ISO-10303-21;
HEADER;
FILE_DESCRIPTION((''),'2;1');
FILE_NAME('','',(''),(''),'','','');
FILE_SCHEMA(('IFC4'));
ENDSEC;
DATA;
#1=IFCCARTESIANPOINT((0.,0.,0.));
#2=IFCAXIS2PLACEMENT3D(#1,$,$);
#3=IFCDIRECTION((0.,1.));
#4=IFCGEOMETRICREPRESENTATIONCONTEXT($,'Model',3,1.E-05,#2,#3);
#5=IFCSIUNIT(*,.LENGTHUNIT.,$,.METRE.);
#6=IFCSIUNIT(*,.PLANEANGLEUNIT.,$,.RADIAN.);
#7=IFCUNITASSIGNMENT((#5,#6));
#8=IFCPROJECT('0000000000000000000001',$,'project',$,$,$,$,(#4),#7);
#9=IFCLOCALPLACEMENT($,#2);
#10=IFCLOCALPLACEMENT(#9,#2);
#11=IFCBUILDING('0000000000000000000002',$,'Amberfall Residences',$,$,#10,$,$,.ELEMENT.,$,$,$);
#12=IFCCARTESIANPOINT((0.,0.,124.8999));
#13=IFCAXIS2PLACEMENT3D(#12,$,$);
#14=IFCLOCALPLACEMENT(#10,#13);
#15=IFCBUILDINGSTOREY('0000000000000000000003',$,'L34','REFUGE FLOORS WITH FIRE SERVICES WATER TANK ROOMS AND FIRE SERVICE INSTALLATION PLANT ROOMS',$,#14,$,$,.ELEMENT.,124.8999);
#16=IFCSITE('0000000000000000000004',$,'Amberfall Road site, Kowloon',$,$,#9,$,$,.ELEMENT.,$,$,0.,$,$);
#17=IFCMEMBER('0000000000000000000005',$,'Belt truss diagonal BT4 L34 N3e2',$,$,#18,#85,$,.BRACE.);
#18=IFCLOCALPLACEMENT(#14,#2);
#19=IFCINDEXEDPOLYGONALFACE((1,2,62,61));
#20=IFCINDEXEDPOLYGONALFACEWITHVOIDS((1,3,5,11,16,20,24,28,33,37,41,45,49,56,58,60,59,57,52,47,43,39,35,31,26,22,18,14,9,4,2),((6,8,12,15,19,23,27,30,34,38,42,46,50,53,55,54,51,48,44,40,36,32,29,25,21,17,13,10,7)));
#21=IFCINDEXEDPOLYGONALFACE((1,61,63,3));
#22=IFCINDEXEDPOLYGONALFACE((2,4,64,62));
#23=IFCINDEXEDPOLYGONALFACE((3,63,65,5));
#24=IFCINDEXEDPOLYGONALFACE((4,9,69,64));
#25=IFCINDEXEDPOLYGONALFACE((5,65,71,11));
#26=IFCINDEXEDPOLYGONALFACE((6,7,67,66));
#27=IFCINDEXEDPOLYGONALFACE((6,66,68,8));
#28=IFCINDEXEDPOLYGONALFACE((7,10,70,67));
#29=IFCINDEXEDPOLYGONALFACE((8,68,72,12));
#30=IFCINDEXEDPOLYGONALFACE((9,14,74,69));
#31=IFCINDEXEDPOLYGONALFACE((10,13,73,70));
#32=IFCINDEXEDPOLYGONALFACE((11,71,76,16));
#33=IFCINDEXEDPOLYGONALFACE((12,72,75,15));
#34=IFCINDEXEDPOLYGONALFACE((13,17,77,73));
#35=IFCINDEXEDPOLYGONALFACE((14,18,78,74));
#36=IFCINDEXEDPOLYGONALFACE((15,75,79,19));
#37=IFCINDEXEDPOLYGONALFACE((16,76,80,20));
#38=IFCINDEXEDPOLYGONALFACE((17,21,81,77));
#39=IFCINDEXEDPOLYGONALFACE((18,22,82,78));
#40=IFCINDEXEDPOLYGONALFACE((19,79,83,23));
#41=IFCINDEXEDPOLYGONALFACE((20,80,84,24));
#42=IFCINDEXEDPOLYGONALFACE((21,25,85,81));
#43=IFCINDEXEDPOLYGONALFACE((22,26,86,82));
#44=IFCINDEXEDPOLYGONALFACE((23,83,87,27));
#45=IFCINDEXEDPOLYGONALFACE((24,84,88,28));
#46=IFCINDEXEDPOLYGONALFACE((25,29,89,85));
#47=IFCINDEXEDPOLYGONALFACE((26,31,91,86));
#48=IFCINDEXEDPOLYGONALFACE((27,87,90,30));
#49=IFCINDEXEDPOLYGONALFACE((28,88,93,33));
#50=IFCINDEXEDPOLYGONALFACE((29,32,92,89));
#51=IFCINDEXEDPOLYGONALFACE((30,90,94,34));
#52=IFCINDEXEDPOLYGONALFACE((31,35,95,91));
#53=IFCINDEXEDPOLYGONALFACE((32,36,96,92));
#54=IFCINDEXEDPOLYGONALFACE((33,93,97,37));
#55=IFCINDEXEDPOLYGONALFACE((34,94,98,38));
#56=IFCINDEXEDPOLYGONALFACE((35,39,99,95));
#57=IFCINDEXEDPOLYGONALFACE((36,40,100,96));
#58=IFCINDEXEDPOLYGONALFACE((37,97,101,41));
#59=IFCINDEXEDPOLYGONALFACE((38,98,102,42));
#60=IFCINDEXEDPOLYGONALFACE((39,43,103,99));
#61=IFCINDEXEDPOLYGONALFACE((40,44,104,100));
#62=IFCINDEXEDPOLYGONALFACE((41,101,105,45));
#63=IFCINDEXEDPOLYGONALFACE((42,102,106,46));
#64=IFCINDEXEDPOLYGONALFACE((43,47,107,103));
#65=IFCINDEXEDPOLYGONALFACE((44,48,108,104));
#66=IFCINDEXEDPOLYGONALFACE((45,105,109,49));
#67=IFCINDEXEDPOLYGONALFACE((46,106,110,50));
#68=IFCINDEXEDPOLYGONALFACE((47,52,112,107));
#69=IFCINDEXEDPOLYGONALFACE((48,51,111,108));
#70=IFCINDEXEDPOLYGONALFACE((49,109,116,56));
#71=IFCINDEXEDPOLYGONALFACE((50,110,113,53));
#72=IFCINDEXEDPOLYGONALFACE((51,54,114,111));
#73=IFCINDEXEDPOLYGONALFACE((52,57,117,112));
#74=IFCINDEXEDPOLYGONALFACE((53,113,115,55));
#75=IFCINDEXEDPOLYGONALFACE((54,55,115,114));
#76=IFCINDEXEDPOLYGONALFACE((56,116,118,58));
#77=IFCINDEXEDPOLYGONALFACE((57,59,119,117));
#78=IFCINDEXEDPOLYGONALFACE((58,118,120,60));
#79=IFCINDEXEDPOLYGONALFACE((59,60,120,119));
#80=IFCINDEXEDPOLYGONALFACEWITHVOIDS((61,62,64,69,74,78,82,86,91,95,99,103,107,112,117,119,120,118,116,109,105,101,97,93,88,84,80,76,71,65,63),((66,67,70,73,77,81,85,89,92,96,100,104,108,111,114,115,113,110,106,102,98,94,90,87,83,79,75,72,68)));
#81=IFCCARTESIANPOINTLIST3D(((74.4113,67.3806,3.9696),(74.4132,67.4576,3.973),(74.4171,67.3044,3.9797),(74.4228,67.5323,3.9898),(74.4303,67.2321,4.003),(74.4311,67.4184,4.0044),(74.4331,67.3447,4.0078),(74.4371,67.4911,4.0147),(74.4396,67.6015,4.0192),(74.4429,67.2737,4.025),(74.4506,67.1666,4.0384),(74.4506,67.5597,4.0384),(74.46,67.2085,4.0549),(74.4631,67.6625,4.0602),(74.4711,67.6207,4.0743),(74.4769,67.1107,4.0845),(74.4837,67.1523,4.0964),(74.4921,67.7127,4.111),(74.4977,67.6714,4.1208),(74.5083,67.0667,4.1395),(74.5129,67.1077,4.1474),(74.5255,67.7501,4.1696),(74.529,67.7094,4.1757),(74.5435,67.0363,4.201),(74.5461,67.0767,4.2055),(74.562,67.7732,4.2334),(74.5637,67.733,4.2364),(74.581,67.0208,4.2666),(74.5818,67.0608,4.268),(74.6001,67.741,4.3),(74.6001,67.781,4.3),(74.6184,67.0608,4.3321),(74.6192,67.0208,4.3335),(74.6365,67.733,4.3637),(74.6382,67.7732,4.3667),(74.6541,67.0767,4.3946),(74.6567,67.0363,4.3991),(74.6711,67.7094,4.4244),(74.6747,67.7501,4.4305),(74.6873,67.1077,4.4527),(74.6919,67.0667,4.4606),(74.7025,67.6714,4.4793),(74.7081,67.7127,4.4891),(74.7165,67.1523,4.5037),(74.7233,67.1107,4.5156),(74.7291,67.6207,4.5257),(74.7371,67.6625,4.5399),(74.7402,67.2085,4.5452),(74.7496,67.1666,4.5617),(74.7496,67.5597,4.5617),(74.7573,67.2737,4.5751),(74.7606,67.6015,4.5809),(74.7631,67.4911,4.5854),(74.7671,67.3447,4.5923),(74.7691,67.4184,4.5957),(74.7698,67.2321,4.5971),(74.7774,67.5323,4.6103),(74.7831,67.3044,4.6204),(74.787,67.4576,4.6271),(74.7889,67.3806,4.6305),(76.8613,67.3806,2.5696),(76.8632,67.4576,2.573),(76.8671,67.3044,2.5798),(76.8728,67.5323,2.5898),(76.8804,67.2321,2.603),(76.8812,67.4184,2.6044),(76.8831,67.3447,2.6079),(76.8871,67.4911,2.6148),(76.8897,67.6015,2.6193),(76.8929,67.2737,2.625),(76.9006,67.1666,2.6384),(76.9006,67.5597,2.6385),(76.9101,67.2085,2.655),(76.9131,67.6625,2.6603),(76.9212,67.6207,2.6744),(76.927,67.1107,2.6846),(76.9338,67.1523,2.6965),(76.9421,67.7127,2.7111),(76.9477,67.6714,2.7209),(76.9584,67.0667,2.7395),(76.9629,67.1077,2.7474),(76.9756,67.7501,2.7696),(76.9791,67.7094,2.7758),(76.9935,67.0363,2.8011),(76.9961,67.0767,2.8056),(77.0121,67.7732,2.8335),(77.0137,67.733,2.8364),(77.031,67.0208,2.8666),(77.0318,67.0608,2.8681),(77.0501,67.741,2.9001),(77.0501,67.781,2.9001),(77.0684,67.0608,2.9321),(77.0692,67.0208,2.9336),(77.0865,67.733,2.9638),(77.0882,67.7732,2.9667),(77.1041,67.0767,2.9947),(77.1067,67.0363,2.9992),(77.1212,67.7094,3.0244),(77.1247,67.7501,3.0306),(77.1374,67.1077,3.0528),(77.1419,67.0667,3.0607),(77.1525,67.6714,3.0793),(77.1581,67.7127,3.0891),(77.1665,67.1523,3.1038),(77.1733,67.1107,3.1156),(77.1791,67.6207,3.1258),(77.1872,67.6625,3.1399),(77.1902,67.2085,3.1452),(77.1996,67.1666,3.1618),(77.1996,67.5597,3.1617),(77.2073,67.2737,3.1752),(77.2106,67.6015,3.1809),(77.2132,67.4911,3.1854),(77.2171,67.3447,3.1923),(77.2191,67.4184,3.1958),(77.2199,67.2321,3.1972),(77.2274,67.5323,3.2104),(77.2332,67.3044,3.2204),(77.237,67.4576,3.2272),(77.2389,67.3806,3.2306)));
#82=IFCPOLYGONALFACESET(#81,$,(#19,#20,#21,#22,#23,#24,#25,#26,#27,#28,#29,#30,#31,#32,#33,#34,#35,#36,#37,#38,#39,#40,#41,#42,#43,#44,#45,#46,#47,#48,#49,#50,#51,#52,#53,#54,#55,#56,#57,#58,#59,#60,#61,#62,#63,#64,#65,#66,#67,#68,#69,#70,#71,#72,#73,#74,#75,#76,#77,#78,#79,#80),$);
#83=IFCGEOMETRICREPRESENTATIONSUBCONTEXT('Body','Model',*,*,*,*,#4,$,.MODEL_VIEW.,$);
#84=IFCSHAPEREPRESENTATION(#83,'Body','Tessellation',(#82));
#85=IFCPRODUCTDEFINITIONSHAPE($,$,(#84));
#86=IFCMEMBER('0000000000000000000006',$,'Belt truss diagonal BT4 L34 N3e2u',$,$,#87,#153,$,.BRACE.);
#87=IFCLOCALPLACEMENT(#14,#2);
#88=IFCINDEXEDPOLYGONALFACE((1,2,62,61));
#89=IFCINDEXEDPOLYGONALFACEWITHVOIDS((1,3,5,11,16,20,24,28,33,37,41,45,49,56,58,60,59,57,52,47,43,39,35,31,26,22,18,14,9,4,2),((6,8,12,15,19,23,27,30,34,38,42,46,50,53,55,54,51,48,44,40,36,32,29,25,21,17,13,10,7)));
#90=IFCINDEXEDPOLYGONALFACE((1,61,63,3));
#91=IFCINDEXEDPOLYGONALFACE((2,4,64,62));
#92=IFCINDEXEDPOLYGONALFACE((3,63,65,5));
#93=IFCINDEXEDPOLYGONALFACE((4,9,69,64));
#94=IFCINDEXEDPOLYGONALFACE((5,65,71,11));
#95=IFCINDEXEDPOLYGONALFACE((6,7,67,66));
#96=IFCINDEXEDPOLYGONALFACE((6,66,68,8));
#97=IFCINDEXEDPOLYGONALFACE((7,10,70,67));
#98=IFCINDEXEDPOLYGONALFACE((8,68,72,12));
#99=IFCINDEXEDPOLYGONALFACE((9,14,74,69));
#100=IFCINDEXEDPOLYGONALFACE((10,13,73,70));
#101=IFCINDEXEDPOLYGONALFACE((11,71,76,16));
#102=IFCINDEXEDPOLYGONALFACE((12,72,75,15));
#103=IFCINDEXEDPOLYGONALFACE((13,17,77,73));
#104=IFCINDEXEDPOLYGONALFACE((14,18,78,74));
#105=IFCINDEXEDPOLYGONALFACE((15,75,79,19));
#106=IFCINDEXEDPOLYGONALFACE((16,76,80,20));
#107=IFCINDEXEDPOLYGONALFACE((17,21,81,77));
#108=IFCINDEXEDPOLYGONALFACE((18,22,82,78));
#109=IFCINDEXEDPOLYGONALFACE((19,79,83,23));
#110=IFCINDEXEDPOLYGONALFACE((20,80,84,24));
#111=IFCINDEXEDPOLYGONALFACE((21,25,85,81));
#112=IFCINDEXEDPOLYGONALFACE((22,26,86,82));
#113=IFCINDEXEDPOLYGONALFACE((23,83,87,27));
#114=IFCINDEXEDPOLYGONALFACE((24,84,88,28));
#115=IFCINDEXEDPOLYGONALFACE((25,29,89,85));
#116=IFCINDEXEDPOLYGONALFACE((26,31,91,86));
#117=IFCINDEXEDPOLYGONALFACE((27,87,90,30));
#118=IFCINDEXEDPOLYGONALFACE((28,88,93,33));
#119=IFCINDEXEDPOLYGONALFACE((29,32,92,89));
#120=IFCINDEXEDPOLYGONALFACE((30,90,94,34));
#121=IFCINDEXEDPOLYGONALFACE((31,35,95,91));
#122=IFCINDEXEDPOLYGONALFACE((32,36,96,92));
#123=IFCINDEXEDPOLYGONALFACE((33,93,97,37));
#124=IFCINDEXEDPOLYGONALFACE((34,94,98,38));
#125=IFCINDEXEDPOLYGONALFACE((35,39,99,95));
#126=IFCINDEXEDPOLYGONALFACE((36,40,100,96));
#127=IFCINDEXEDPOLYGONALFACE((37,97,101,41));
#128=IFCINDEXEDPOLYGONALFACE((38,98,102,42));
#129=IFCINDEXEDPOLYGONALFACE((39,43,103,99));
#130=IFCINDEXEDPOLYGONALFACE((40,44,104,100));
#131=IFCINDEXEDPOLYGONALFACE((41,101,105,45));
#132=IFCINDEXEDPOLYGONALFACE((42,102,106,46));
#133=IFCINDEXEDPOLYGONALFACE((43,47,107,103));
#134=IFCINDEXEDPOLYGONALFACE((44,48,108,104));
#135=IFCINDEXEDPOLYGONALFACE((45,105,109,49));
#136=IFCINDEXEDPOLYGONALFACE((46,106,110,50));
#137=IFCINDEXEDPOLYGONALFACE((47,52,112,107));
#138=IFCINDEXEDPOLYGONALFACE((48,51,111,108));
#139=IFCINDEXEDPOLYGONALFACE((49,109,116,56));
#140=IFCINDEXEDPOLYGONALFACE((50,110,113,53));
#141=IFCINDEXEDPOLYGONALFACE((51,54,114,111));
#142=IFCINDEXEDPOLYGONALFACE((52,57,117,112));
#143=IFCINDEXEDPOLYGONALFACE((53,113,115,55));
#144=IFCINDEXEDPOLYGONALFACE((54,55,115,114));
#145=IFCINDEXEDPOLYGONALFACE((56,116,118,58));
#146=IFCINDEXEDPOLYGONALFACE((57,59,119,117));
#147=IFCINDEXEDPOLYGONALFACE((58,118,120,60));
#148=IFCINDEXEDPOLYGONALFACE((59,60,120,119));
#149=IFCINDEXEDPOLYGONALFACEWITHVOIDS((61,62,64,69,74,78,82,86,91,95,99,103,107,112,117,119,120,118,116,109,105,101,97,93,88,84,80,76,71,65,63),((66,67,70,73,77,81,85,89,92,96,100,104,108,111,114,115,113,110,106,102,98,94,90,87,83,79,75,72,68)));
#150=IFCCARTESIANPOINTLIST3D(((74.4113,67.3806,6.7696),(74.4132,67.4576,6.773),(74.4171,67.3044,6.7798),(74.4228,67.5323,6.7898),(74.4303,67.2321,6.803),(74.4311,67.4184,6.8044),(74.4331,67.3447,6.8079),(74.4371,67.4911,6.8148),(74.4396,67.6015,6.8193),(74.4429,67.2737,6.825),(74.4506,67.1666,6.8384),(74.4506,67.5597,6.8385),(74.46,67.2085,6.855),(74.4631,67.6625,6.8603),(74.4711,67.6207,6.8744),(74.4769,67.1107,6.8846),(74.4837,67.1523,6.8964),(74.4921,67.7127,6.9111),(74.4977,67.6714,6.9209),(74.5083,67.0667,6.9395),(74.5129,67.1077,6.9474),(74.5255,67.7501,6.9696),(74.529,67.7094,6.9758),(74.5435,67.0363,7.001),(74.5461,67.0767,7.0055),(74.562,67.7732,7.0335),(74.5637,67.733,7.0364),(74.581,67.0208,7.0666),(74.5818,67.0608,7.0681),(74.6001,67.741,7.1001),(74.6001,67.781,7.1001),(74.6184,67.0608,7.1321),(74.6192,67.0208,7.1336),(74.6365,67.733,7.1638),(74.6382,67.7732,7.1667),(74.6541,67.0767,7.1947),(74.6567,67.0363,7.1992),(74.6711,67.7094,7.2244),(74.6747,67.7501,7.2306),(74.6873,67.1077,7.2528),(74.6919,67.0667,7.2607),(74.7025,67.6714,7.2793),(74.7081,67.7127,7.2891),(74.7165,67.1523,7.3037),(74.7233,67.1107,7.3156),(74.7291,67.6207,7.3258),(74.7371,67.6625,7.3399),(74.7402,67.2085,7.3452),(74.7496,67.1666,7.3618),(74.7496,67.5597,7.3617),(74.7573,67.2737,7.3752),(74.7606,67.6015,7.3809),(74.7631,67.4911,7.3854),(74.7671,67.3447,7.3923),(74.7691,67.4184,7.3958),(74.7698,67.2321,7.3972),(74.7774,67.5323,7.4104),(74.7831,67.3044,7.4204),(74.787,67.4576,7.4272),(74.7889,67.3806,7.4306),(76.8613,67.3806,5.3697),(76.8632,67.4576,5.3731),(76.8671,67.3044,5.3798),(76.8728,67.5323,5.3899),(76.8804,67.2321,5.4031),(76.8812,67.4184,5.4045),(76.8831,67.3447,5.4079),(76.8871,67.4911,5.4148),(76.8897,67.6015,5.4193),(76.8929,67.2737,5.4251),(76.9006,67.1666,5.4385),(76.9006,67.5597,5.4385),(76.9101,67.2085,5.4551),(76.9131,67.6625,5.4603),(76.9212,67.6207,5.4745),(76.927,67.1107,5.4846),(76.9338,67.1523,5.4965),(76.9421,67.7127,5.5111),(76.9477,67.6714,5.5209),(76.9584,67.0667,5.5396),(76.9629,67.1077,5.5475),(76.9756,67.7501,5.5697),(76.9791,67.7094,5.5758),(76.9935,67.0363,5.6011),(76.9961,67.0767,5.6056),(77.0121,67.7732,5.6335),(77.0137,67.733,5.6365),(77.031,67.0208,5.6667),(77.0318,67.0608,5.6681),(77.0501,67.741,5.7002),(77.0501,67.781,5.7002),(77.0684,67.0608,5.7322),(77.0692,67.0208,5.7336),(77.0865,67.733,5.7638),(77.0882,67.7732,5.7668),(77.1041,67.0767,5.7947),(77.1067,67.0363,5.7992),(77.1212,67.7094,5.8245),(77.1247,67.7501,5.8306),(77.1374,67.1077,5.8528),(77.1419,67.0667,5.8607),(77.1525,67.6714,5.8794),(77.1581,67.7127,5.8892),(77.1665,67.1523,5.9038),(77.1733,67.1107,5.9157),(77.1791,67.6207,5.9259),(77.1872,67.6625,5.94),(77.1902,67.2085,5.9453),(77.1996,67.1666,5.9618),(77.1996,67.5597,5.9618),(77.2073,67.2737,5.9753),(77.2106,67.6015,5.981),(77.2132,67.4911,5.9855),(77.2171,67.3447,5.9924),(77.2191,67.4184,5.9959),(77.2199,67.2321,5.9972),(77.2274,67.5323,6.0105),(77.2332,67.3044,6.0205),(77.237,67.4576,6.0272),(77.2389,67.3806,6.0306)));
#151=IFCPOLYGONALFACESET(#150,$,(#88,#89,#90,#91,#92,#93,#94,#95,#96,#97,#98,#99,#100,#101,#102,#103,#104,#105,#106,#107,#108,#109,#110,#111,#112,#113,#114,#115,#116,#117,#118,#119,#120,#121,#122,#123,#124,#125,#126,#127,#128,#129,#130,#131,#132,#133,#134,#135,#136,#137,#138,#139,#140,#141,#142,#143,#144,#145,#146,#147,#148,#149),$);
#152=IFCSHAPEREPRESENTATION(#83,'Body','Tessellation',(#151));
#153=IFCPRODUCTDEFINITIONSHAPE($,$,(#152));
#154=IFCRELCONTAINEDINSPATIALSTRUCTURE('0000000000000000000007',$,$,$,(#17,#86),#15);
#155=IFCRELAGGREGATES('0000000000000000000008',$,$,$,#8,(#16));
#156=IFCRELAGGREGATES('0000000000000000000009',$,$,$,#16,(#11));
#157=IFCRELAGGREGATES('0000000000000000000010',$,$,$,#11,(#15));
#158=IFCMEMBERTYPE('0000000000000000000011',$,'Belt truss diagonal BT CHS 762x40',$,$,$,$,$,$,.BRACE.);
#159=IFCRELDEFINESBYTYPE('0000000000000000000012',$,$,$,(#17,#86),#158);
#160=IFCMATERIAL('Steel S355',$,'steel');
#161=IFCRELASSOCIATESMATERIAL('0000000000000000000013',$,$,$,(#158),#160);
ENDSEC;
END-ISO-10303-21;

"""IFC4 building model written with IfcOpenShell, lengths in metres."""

from ifc_helpers import new_model, si_unit, direction, frame, origin, origin_2d, place, context, subcontext, project, spatial, hollow_circle, extrude, material, material_profile, profile_set, type_object, element, save


model = new_model("IFC4")

# Units and contexts
model_context = context("Model", 3, precision=1e-05, world=origin(), true_north=direction((0.0, 1.0)))
body_context = subcontext(model_context, "Body", "Model", "MODEL_VIEW")
ifc_project = project(units=[si_unit("LENGTHUNIT", "METRE"), si_unit("PLANEANGLEUNIT", "RADIAN")], contexts=[model_context])

# Site, building, storey
site_placement = place(None, origin())
site = spatial("IfcSite", under=ifc_project, at=site_placement, Name="Amberfall Road site, Kowloon", CompositionType="ELEMENT", RefElevation=0.0)
building_placement = place(site_placement, origin())
building = spatial("IfcBuilding", under=site, at=building_placement, Name="Amberfall Residences", CompositionType="ELEMENT")
storey_placement = place(building_placement, frame((0.0, 0.0, 124.8999)))
storey = spatial("IfcBuildingStorey", under=building, at=storey_placement, Name="L34", Description="REFUGE FLOORS WITH FIRE SERVICES WATER TANK ROOMS AND FIRE SERVICE INSTALLATION PLANT ROOMS", CompositionType="ELEMENT", Elevation=124.8999)

# Shared definitions
ifc_material_1 = material(Name="Steel S355", Category="steel")

# Members
ifc_material_profile_1 = material_profile(ifc_material_1, hollow_circle(Radius=0.3811, WallThickness=0.04, at=origin_2d()), Name="CHS 762x40")
ifc_profile_set_1 = profile_set([ifc_material_profile_1], Name="Steel S355")
member_type = type_object("IfcMemberType", Name="Belt truss diagonal BT CHS 762x40", PredefinedType="BRACE", material=ifc_profile_set_1)
for number, where, z_axis, x_axis, name in (
    (1, (74.6001, 67.3999, 4.3), (0.868254, 0.0, -0.49612), (0.0, 1.0, 0.0), "Belt truss diagonal BT4 L34 N3e2"),
    (2, (74.6001, 67.3999, 7.1001), (0.868254, 0.0, -0.49612), (0.0, 1.0, 0.0), "Belt truss diagonal BT4 L34 N3e2u"),
):
    element("IfcMember", number, at=place(storey_placement, frame(where, z_axis=z_axis, x_axis=x_axis)), inside=storey, type_object=member_type, Name=name, PredefinedType="BRACE", context=body_context, shape_type="SweptSolid", body=[
        extrude(hollow_circle(Radius=0.3811, WallThickness=0.04, at=origin_2d()), origin(), (0.0, 0.0, 1.0), 2.8218),
    ])

save(model, "model.ifc")
